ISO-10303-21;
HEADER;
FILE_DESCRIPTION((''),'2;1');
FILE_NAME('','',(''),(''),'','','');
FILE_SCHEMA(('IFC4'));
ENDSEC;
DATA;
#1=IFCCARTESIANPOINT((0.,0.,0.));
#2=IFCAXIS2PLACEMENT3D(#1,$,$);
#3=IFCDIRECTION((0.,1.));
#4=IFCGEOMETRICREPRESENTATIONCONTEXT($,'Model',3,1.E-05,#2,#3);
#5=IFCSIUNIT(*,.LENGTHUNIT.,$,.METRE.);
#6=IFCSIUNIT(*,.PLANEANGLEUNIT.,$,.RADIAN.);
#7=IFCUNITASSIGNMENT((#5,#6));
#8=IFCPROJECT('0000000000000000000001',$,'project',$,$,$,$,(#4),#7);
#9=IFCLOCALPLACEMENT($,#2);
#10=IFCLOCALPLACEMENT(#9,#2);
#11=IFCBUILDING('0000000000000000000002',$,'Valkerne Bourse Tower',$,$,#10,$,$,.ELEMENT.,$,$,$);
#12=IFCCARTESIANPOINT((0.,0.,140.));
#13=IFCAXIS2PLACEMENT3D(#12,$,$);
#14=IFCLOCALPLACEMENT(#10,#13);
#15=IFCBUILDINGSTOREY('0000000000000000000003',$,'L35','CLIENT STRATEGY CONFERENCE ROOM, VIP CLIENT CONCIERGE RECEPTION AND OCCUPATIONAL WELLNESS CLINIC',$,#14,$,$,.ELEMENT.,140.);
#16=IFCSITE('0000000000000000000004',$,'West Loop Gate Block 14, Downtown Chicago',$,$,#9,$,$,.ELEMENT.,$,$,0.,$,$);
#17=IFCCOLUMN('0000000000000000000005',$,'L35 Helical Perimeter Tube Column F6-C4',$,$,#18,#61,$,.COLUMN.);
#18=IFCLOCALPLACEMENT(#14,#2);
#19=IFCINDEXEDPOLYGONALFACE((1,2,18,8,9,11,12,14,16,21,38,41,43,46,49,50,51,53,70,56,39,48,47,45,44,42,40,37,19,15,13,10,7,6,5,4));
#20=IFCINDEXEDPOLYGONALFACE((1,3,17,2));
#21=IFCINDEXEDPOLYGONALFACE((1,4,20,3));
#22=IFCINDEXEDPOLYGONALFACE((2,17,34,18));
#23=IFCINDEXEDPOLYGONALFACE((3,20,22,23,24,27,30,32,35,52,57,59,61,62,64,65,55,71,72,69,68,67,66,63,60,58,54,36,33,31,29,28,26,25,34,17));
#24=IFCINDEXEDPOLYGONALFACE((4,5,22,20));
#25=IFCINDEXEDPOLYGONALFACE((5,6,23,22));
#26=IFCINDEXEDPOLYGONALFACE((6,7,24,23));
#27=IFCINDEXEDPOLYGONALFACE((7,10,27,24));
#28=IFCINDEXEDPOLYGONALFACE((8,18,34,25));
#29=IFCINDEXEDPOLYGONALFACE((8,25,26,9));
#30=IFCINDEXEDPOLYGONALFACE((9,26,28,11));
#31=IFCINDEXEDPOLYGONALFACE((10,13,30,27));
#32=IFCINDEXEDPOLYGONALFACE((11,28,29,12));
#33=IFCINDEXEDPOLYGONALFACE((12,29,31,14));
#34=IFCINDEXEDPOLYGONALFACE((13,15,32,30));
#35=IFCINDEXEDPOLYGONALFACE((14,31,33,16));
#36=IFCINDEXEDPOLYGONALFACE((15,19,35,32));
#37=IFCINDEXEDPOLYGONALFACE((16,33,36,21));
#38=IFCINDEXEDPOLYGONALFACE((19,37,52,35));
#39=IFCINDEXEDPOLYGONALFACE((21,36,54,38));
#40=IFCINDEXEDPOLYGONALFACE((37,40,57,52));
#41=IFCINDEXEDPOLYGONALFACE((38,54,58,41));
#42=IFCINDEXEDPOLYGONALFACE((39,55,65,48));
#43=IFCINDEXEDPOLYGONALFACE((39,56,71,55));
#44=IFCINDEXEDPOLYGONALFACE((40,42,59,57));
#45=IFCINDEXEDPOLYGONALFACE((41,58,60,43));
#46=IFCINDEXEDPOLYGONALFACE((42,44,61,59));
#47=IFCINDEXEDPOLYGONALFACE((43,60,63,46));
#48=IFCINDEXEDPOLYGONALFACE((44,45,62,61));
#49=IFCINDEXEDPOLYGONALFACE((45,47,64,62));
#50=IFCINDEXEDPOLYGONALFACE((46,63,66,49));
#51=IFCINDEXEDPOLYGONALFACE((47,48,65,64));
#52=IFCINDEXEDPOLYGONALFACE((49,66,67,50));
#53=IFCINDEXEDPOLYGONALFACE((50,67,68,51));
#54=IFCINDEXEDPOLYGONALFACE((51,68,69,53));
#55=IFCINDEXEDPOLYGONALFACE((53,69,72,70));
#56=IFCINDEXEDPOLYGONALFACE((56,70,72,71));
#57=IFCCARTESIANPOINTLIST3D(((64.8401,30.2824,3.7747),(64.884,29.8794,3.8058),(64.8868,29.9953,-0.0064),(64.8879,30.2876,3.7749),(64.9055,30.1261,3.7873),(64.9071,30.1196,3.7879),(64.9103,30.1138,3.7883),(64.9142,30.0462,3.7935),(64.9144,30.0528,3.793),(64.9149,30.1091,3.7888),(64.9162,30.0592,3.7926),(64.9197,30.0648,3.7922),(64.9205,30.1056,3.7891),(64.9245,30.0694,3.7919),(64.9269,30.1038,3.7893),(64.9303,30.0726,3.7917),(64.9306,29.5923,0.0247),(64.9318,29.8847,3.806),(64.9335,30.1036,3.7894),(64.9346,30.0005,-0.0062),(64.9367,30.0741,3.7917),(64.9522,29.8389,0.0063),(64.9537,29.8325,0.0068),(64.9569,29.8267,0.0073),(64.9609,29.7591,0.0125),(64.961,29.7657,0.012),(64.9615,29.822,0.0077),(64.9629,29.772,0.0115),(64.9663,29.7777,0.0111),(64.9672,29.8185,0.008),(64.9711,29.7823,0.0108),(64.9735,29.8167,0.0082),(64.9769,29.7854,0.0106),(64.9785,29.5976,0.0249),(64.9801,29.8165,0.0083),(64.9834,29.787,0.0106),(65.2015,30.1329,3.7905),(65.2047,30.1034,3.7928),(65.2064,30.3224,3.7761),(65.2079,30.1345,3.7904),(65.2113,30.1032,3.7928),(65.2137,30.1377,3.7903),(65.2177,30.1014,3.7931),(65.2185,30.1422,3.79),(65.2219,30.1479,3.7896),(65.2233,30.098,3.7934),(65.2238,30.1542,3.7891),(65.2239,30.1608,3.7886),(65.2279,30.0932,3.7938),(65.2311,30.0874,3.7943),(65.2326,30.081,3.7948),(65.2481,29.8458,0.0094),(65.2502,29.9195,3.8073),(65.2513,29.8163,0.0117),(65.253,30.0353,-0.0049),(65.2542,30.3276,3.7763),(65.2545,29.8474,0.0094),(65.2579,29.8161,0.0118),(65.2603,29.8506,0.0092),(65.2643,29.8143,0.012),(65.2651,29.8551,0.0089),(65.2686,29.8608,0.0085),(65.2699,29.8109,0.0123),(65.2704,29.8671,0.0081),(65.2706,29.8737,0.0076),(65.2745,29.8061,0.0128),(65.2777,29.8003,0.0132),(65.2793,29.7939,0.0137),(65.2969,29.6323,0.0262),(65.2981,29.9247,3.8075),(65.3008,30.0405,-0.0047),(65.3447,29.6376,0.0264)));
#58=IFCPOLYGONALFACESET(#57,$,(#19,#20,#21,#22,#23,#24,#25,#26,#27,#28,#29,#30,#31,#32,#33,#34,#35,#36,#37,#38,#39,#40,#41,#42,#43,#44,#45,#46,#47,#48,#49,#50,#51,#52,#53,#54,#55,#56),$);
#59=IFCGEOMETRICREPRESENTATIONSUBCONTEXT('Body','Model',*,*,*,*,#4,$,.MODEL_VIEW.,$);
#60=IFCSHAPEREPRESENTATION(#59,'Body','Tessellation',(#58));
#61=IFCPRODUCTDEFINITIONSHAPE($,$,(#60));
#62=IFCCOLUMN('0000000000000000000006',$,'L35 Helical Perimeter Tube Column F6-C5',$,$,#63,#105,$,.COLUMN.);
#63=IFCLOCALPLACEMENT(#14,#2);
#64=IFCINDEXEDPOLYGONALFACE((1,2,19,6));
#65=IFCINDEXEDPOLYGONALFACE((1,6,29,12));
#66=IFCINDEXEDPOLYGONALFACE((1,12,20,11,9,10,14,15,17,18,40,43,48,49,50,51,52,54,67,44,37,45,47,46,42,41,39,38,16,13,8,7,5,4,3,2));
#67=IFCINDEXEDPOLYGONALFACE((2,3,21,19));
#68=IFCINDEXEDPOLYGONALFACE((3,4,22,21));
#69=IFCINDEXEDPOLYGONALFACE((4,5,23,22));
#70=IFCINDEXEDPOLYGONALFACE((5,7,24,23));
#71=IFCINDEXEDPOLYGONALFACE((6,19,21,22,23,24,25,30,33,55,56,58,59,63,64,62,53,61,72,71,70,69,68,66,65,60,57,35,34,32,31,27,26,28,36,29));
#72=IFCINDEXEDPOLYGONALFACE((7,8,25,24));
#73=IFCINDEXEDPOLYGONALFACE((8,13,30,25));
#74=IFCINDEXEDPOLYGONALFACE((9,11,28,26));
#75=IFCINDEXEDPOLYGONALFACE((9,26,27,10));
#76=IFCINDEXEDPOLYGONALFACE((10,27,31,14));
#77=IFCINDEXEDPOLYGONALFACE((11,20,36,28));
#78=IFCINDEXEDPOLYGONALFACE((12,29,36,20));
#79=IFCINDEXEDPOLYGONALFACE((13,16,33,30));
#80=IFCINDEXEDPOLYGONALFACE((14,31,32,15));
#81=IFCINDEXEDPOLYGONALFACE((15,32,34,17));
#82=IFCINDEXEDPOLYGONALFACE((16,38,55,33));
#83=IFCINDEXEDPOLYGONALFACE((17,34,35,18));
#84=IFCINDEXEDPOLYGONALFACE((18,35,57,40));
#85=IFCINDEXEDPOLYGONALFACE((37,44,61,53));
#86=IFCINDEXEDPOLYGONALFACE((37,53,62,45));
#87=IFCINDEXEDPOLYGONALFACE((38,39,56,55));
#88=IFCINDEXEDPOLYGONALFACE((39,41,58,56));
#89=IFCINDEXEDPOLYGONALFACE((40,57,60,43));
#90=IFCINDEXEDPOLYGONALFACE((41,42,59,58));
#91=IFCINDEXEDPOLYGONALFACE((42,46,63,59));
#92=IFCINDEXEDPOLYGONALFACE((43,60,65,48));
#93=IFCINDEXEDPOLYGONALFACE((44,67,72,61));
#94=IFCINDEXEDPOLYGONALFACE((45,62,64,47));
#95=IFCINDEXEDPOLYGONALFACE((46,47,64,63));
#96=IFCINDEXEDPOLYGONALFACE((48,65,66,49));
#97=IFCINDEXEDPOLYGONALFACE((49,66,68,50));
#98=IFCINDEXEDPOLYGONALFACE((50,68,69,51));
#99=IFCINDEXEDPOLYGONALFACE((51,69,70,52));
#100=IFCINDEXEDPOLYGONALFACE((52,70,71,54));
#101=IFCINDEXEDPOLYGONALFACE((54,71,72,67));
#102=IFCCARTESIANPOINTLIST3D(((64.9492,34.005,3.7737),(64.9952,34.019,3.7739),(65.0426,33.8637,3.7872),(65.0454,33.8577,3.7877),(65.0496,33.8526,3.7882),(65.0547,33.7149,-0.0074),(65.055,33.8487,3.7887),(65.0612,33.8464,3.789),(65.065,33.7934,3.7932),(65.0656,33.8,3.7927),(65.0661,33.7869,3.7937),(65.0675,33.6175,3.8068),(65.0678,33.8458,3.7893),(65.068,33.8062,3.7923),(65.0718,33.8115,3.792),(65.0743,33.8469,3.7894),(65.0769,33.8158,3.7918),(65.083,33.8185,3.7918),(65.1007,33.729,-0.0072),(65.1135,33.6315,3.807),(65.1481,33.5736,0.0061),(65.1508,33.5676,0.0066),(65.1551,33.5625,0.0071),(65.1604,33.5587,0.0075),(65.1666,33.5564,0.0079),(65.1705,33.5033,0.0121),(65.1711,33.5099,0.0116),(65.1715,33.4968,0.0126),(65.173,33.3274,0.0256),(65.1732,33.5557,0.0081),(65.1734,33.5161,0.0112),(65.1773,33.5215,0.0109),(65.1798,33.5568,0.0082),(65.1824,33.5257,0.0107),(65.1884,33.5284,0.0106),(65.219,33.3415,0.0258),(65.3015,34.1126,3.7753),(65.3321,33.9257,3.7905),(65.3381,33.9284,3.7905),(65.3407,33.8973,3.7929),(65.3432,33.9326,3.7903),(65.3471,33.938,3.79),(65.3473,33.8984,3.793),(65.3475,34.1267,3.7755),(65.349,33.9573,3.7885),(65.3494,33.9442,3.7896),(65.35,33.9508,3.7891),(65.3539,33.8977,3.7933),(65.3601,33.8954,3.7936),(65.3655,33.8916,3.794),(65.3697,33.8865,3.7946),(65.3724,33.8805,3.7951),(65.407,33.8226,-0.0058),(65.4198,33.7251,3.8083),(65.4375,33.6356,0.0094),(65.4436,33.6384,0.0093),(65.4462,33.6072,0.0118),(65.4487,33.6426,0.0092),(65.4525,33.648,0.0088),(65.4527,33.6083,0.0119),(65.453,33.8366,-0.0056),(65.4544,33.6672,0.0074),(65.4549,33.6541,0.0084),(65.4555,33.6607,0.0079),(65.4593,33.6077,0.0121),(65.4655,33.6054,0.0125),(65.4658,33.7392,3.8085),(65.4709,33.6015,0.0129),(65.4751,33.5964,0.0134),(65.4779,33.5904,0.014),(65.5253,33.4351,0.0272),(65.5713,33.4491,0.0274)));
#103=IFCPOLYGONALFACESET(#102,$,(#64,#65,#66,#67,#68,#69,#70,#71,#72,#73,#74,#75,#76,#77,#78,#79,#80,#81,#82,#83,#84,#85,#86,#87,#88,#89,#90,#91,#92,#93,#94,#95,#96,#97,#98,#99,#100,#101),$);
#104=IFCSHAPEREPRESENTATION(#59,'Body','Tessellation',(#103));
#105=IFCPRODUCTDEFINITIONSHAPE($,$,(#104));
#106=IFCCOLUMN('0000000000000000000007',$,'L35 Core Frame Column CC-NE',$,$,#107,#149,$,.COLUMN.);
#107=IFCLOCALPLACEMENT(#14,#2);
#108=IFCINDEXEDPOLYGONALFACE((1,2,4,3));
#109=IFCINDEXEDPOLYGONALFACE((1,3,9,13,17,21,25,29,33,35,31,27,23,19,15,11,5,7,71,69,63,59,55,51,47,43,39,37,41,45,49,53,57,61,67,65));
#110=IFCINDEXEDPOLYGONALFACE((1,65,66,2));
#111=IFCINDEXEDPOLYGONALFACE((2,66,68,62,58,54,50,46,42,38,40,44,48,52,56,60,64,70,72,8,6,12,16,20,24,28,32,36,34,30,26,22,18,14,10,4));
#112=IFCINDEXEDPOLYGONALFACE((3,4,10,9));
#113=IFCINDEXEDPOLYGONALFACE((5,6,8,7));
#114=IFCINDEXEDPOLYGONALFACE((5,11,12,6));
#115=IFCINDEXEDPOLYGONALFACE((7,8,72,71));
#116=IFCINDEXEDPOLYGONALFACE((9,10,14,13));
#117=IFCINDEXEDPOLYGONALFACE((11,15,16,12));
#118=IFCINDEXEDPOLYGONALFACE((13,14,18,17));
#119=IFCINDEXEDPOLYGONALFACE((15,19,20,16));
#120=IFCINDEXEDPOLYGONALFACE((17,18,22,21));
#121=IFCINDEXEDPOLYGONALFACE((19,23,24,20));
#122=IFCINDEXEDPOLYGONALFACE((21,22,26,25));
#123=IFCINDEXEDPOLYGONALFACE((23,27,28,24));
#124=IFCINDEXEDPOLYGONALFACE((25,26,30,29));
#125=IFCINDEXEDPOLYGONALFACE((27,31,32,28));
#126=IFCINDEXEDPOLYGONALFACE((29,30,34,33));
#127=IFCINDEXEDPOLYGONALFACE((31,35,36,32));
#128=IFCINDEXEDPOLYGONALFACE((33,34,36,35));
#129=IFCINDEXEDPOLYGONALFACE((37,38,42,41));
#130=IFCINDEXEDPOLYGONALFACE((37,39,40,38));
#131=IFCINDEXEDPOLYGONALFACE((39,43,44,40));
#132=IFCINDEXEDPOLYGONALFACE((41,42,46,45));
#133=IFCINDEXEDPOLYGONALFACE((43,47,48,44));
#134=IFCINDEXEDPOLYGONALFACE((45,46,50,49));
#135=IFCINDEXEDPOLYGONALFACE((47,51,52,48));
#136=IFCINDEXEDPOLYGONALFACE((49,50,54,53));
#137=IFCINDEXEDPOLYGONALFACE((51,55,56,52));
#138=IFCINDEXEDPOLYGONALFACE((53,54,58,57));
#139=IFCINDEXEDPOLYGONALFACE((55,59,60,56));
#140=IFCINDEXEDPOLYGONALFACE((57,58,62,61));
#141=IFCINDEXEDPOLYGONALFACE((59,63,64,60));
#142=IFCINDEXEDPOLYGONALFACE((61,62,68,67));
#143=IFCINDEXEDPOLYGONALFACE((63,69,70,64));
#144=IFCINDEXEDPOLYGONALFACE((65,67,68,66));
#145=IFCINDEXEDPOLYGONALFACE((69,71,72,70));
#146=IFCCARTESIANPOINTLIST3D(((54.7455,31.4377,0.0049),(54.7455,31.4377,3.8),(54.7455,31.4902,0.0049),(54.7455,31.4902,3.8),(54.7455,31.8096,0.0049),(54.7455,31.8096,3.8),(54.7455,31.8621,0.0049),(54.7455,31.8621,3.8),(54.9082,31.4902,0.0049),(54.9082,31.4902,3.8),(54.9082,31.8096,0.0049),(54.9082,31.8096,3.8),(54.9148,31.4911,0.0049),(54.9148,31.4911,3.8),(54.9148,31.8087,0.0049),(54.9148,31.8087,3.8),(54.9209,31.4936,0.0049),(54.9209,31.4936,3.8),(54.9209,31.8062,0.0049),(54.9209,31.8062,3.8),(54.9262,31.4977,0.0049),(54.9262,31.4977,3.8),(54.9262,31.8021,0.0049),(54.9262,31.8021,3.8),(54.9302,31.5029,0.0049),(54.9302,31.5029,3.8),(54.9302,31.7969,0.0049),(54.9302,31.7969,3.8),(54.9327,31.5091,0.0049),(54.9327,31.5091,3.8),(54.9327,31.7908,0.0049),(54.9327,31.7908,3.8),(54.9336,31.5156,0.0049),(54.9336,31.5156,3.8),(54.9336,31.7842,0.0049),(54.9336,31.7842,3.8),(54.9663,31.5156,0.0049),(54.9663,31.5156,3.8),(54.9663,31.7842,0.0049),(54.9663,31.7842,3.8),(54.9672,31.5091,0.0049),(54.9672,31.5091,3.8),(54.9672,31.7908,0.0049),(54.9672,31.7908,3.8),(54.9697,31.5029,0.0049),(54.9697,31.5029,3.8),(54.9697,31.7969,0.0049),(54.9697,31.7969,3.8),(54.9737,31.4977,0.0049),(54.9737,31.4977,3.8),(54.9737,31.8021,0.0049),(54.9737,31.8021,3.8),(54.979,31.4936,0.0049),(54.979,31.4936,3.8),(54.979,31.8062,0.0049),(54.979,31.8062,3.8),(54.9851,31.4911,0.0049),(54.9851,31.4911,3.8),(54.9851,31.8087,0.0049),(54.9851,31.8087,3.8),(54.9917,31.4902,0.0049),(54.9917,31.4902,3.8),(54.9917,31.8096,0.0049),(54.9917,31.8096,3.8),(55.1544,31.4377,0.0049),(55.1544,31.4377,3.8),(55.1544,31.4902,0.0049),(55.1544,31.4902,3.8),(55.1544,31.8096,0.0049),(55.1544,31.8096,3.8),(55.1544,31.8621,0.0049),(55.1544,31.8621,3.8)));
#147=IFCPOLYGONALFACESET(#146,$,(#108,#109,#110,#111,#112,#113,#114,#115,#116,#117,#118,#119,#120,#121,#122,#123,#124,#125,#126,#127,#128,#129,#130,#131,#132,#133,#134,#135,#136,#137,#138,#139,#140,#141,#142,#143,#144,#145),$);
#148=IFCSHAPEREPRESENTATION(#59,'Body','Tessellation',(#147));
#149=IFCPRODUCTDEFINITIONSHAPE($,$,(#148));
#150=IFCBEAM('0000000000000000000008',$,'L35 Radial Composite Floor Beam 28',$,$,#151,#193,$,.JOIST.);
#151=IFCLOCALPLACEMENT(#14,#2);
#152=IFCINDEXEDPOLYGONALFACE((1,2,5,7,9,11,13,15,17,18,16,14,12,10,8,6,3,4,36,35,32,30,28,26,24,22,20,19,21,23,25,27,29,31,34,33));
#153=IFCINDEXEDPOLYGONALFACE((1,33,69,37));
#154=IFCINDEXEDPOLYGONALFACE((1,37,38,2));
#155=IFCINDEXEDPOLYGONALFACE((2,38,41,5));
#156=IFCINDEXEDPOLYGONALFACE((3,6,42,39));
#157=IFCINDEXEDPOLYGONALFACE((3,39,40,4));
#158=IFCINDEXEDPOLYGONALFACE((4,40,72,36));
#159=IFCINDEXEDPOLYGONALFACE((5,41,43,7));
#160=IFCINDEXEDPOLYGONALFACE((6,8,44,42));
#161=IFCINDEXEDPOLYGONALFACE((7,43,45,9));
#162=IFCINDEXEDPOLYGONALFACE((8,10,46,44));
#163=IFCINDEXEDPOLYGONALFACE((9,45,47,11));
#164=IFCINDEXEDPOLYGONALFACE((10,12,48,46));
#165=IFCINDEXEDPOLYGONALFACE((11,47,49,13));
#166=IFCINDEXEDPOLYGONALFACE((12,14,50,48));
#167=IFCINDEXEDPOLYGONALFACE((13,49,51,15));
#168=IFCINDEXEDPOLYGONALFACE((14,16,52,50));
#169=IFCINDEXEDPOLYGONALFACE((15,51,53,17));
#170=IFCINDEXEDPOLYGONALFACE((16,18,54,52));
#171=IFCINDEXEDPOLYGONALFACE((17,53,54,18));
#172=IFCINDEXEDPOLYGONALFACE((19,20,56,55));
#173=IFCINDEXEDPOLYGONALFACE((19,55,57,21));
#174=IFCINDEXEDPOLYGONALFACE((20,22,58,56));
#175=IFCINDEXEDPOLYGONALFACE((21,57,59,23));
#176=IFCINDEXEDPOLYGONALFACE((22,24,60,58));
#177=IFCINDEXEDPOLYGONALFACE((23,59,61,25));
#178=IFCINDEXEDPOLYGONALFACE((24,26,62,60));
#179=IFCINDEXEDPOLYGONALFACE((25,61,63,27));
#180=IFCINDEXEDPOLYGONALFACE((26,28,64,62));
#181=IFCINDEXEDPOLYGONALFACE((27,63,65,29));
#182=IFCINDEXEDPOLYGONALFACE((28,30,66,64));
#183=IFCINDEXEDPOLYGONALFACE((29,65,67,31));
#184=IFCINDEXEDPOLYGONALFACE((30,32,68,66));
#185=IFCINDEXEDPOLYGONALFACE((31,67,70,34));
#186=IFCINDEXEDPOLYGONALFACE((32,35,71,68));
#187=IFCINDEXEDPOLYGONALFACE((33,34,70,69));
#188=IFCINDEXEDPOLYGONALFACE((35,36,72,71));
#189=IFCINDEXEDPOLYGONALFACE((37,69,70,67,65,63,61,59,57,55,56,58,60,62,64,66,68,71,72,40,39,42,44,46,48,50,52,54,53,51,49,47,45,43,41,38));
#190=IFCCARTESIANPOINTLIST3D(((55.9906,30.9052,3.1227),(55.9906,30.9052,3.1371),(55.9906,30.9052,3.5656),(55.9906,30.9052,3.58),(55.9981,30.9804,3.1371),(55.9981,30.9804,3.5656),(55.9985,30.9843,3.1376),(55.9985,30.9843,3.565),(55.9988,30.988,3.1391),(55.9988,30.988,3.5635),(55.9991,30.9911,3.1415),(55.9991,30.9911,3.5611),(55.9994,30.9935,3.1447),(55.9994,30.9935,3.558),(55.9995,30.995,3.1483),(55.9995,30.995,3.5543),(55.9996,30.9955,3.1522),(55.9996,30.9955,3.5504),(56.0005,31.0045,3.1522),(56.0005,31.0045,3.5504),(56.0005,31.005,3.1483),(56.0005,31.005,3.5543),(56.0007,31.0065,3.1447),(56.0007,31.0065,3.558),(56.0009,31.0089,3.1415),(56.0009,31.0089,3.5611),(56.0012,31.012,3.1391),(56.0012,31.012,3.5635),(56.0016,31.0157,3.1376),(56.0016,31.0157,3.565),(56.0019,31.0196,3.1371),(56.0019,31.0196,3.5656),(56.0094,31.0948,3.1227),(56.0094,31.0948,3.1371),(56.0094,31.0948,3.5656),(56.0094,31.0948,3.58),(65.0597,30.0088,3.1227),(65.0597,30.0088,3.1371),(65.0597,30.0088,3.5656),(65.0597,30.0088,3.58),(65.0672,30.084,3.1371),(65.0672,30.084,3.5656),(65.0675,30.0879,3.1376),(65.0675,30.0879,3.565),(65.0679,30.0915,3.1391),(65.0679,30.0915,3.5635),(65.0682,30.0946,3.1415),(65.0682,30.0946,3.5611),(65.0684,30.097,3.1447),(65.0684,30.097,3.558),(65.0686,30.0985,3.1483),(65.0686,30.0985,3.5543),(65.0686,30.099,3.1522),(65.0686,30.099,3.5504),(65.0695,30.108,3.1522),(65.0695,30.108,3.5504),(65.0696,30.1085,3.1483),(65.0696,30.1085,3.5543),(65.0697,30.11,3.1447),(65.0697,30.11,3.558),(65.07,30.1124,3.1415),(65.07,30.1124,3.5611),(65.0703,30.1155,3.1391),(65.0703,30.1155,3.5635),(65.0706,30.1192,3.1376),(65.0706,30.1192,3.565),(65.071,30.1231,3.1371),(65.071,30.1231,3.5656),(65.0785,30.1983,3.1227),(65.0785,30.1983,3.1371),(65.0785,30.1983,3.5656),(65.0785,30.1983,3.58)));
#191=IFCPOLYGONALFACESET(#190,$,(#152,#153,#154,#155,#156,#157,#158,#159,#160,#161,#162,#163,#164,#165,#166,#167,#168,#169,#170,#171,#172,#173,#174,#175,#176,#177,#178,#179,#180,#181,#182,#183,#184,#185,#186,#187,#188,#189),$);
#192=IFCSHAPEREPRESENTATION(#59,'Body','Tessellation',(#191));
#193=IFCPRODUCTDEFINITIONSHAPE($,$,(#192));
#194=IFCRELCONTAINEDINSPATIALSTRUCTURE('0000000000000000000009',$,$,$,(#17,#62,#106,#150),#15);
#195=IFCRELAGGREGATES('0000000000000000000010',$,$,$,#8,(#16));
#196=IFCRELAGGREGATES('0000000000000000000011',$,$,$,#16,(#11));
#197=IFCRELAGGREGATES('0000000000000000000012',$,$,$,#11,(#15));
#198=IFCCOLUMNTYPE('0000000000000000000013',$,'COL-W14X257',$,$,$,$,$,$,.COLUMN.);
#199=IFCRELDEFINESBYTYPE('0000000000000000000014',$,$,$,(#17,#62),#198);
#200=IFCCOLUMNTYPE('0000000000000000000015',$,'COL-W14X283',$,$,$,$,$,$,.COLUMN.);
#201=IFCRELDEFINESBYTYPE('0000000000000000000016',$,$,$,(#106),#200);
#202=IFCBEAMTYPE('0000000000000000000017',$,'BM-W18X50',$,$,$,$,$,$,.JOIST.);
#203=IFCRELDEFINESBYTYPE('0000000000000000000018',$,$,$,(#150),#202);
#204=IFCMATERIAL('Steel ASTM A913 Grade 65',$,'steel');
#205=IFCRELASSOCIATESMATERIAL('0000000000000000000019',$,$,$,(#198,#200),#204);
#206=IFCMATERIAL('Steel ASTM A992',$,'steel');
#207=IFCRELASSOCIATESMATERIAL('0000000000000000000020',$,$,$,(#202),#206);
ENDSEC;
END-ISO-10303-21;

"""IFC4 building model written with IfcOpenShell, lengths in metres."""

from ifc_helpers import new_model, si_unit, direction, frame, origin, origin_2d, place, context, subcontext, project, spatial, i_section, extrude, material, material_profile, profile_set, type_object, element, save


model = new_model("IFC4")

# Units and contexts
model_context = context("Model", 3, precision=1e-05, world=origin(), true_north=direction((0.0, 1.0)))
body_context = subcontext(model_context, "Body", "Model", "MODEL_VIEW")
ifc_project = project(units=[si_unit("LENGTHUNIT", "METRE"), si_unit("PLANEANGLEUNIT", "RADIAN")], contexts=[model_context])

# Site, building, storey
site_placement = place(None, origin())
site = spatial("IfcSite", under=ifc_project, at=site_placement, Name="West Loop Gate Block 14, Downtown Chicago", CompositionType="ELEMENT", RefElevation=0.0)
building_placement = place(site_placement, origin())
building = spatial("IfcBuilding", under=site, at=building_placement, Name="Valkerne Bourse Tower", CompositionType="ELEMENT")
storey_placement = place(building_placement, frame((0.0, 0.0, 140.0)))
storey = spatial("IfcBuildingStorey", under=building, at=storey_placement, Name="L35", Description="CLIENT STRATEGY CONFERENCE ROOM, VIP CLIENT CONCIERGE RECEPTION AND OCCUPATIONAL WELLNESS CLINIC", CompositionType="ELEMENT", Elevation=140.0)

# Columns
ifc_material_1 = material(Name="Steel ASTM A913 Grade 65", Category="steel")
ifc_material_profile_1 = material_profile(ifc_material_1, i_section(OverallWidth=0.4065, OverallDepth=0.4165, WebThickness=0.0298, FlangeThickness=0.0481, FilletRadius=0.0254, at=origin_2d()), Name="W14X257")
ifc_profile_set_1 = profile_set([ifc_material_profile_1], Name="Steel ASTM A913 Grade 65")
column_type_1 = type_object("IfcColumnType", Name="COL-W14X257", PredefinedType="COLUMN", material=ifc_profile_set_1)
column_1_placement = place(storey_placement, frame((65.1157, 29.8164, 0.01), z_axis=(-0.012297, 0.075711, 0.997054), x_axis=(0.107964, -0.9912, 0.076598)))
element("IfcColumn", 1, at=column_1_placement, inside=storey, type_object=column_type_1, Name="L35 Helical Perimeter Tube Column F6-C4", PredefinedType="COLUMN", context=body_context, shape_type="SweptSolid", body=[
    extrude(i_section(OverallWidth=0.4065, OverallDepth=0.4165, WebThickness=0.0298, FlangeThickness=0.0481, FilletRadius=0.0254, at=origin_2d()), origin(), (0.0, 0.0, 1.0), 3.7922),
])
column_2_placement = place(storey_placement, frame((65.313, 33.582, 0.01), z_axis=(-0.027802, 0.076455, 0.996685), x_axis=(0.290959, -0.95328, 0.081242)))
element("IfcColumn", 2, at=column_2_placement, inside=storey, type_object=column_type_1, Name="L35 Helical Perimeter Tube Column F6-C5", PredefinedType="COLUMN", context=body_context, shape_type="SweptSolid", body=[
    extrude(i_section(OverallWidth=0.4065, OverallDepth=0.4165, WebThickness=0.0298, FlangeThickness=0.0481, FilletRadius=0.0254, at=origin_2d()), origin(), (0.0, 0.0, 1.0), 3.7937),
])
ifc_material_profile_2 = material_profile(ifc_material_1, i_section(OverallWidth=0.4089, OverallDepth=0.4243, WebThickness=0.0327, FlangeThickness=0.0525, FilletRadius=0.0254, at=origin_2d()), Name="W14X283")
ifc_profile_set_2 = profile_set([ifc_material_profile_2], Name="Steel ASTM A913 Grade 65")
column_type_2 = type_object("IfcColumnType", Name="COL-W14X283", PredefinedType="COLUMN", material=ifc_profile_set_2)
column_3_placement = place(storey_placement, frame((54.95, 31.6499, 0.0049), z_axis=(0.0, 0.0, 1.0), x_axis=(1.0, 0.0, 0.0)))
element("IfcColumn", 3, at=column_3_placement, inside=storey, type_object=column_type_2, Name="L35 Core Frame Column CC-NE", PredefinedType="COLUMN", context=body_context, shape_type="SweptSolid", body=[
    extrude(i_section(OverallWidth=0.4089, OverallDepth=0.4243, WebThickness=0.0327, FlangeThickness=0.0525, FilletRadius=0.0254, at=origin_2d()), origin(), (0.0, 0.0, 1.0), 3.7952),
])

# Beam
ifc_material_2 = material(Name="Steel ASTM A992", Category="steel")
ifc_material_profile_3 = material_profile(ifc_material_2, i_section(OverallWidth=0.1904, OverallDepth=0.4573, WebThickness=0.009, FlangeThickness=0.0144, FilletRadius=0.0151, at=origin_2d()), Name="W18X50")
ifc_profile_set_3 = profile_set([ifc_material_profile_3], Name="Steel ASTM A992")
beam_type_1 = type_object("IfcBeamType", Name="BM-W18X50", PredefinedType="JOIST", material=ifc_profile_set_3)
beam_1_placement = place(storey_placement, frame((65.0691, 30.1035, 3.3513), z_axis=(-0.99515, 0.098371, 0.0), x_axis=(-0.098371, -0.99515, 0.0)))
element("IfcBeam", 4, at=beam_1_placement, inside=storey, type_object=beam_type_1, Name="L35 Radial Composite Floor Beam 28", PredefinedType="JOIST", context=body_context, shape_type="SweptSolid", body=[
    extrude(i_section(OverallWidth=0.1904, OverallDepth=0.4573, WebThickness=0.009, FlangeThickness=0.0144, FilletRadius=0.0151, at=origin_2d()), origin(), (0.0, 0.0, 1.0), 9.1133),
])

save(model, "model.ifc")
